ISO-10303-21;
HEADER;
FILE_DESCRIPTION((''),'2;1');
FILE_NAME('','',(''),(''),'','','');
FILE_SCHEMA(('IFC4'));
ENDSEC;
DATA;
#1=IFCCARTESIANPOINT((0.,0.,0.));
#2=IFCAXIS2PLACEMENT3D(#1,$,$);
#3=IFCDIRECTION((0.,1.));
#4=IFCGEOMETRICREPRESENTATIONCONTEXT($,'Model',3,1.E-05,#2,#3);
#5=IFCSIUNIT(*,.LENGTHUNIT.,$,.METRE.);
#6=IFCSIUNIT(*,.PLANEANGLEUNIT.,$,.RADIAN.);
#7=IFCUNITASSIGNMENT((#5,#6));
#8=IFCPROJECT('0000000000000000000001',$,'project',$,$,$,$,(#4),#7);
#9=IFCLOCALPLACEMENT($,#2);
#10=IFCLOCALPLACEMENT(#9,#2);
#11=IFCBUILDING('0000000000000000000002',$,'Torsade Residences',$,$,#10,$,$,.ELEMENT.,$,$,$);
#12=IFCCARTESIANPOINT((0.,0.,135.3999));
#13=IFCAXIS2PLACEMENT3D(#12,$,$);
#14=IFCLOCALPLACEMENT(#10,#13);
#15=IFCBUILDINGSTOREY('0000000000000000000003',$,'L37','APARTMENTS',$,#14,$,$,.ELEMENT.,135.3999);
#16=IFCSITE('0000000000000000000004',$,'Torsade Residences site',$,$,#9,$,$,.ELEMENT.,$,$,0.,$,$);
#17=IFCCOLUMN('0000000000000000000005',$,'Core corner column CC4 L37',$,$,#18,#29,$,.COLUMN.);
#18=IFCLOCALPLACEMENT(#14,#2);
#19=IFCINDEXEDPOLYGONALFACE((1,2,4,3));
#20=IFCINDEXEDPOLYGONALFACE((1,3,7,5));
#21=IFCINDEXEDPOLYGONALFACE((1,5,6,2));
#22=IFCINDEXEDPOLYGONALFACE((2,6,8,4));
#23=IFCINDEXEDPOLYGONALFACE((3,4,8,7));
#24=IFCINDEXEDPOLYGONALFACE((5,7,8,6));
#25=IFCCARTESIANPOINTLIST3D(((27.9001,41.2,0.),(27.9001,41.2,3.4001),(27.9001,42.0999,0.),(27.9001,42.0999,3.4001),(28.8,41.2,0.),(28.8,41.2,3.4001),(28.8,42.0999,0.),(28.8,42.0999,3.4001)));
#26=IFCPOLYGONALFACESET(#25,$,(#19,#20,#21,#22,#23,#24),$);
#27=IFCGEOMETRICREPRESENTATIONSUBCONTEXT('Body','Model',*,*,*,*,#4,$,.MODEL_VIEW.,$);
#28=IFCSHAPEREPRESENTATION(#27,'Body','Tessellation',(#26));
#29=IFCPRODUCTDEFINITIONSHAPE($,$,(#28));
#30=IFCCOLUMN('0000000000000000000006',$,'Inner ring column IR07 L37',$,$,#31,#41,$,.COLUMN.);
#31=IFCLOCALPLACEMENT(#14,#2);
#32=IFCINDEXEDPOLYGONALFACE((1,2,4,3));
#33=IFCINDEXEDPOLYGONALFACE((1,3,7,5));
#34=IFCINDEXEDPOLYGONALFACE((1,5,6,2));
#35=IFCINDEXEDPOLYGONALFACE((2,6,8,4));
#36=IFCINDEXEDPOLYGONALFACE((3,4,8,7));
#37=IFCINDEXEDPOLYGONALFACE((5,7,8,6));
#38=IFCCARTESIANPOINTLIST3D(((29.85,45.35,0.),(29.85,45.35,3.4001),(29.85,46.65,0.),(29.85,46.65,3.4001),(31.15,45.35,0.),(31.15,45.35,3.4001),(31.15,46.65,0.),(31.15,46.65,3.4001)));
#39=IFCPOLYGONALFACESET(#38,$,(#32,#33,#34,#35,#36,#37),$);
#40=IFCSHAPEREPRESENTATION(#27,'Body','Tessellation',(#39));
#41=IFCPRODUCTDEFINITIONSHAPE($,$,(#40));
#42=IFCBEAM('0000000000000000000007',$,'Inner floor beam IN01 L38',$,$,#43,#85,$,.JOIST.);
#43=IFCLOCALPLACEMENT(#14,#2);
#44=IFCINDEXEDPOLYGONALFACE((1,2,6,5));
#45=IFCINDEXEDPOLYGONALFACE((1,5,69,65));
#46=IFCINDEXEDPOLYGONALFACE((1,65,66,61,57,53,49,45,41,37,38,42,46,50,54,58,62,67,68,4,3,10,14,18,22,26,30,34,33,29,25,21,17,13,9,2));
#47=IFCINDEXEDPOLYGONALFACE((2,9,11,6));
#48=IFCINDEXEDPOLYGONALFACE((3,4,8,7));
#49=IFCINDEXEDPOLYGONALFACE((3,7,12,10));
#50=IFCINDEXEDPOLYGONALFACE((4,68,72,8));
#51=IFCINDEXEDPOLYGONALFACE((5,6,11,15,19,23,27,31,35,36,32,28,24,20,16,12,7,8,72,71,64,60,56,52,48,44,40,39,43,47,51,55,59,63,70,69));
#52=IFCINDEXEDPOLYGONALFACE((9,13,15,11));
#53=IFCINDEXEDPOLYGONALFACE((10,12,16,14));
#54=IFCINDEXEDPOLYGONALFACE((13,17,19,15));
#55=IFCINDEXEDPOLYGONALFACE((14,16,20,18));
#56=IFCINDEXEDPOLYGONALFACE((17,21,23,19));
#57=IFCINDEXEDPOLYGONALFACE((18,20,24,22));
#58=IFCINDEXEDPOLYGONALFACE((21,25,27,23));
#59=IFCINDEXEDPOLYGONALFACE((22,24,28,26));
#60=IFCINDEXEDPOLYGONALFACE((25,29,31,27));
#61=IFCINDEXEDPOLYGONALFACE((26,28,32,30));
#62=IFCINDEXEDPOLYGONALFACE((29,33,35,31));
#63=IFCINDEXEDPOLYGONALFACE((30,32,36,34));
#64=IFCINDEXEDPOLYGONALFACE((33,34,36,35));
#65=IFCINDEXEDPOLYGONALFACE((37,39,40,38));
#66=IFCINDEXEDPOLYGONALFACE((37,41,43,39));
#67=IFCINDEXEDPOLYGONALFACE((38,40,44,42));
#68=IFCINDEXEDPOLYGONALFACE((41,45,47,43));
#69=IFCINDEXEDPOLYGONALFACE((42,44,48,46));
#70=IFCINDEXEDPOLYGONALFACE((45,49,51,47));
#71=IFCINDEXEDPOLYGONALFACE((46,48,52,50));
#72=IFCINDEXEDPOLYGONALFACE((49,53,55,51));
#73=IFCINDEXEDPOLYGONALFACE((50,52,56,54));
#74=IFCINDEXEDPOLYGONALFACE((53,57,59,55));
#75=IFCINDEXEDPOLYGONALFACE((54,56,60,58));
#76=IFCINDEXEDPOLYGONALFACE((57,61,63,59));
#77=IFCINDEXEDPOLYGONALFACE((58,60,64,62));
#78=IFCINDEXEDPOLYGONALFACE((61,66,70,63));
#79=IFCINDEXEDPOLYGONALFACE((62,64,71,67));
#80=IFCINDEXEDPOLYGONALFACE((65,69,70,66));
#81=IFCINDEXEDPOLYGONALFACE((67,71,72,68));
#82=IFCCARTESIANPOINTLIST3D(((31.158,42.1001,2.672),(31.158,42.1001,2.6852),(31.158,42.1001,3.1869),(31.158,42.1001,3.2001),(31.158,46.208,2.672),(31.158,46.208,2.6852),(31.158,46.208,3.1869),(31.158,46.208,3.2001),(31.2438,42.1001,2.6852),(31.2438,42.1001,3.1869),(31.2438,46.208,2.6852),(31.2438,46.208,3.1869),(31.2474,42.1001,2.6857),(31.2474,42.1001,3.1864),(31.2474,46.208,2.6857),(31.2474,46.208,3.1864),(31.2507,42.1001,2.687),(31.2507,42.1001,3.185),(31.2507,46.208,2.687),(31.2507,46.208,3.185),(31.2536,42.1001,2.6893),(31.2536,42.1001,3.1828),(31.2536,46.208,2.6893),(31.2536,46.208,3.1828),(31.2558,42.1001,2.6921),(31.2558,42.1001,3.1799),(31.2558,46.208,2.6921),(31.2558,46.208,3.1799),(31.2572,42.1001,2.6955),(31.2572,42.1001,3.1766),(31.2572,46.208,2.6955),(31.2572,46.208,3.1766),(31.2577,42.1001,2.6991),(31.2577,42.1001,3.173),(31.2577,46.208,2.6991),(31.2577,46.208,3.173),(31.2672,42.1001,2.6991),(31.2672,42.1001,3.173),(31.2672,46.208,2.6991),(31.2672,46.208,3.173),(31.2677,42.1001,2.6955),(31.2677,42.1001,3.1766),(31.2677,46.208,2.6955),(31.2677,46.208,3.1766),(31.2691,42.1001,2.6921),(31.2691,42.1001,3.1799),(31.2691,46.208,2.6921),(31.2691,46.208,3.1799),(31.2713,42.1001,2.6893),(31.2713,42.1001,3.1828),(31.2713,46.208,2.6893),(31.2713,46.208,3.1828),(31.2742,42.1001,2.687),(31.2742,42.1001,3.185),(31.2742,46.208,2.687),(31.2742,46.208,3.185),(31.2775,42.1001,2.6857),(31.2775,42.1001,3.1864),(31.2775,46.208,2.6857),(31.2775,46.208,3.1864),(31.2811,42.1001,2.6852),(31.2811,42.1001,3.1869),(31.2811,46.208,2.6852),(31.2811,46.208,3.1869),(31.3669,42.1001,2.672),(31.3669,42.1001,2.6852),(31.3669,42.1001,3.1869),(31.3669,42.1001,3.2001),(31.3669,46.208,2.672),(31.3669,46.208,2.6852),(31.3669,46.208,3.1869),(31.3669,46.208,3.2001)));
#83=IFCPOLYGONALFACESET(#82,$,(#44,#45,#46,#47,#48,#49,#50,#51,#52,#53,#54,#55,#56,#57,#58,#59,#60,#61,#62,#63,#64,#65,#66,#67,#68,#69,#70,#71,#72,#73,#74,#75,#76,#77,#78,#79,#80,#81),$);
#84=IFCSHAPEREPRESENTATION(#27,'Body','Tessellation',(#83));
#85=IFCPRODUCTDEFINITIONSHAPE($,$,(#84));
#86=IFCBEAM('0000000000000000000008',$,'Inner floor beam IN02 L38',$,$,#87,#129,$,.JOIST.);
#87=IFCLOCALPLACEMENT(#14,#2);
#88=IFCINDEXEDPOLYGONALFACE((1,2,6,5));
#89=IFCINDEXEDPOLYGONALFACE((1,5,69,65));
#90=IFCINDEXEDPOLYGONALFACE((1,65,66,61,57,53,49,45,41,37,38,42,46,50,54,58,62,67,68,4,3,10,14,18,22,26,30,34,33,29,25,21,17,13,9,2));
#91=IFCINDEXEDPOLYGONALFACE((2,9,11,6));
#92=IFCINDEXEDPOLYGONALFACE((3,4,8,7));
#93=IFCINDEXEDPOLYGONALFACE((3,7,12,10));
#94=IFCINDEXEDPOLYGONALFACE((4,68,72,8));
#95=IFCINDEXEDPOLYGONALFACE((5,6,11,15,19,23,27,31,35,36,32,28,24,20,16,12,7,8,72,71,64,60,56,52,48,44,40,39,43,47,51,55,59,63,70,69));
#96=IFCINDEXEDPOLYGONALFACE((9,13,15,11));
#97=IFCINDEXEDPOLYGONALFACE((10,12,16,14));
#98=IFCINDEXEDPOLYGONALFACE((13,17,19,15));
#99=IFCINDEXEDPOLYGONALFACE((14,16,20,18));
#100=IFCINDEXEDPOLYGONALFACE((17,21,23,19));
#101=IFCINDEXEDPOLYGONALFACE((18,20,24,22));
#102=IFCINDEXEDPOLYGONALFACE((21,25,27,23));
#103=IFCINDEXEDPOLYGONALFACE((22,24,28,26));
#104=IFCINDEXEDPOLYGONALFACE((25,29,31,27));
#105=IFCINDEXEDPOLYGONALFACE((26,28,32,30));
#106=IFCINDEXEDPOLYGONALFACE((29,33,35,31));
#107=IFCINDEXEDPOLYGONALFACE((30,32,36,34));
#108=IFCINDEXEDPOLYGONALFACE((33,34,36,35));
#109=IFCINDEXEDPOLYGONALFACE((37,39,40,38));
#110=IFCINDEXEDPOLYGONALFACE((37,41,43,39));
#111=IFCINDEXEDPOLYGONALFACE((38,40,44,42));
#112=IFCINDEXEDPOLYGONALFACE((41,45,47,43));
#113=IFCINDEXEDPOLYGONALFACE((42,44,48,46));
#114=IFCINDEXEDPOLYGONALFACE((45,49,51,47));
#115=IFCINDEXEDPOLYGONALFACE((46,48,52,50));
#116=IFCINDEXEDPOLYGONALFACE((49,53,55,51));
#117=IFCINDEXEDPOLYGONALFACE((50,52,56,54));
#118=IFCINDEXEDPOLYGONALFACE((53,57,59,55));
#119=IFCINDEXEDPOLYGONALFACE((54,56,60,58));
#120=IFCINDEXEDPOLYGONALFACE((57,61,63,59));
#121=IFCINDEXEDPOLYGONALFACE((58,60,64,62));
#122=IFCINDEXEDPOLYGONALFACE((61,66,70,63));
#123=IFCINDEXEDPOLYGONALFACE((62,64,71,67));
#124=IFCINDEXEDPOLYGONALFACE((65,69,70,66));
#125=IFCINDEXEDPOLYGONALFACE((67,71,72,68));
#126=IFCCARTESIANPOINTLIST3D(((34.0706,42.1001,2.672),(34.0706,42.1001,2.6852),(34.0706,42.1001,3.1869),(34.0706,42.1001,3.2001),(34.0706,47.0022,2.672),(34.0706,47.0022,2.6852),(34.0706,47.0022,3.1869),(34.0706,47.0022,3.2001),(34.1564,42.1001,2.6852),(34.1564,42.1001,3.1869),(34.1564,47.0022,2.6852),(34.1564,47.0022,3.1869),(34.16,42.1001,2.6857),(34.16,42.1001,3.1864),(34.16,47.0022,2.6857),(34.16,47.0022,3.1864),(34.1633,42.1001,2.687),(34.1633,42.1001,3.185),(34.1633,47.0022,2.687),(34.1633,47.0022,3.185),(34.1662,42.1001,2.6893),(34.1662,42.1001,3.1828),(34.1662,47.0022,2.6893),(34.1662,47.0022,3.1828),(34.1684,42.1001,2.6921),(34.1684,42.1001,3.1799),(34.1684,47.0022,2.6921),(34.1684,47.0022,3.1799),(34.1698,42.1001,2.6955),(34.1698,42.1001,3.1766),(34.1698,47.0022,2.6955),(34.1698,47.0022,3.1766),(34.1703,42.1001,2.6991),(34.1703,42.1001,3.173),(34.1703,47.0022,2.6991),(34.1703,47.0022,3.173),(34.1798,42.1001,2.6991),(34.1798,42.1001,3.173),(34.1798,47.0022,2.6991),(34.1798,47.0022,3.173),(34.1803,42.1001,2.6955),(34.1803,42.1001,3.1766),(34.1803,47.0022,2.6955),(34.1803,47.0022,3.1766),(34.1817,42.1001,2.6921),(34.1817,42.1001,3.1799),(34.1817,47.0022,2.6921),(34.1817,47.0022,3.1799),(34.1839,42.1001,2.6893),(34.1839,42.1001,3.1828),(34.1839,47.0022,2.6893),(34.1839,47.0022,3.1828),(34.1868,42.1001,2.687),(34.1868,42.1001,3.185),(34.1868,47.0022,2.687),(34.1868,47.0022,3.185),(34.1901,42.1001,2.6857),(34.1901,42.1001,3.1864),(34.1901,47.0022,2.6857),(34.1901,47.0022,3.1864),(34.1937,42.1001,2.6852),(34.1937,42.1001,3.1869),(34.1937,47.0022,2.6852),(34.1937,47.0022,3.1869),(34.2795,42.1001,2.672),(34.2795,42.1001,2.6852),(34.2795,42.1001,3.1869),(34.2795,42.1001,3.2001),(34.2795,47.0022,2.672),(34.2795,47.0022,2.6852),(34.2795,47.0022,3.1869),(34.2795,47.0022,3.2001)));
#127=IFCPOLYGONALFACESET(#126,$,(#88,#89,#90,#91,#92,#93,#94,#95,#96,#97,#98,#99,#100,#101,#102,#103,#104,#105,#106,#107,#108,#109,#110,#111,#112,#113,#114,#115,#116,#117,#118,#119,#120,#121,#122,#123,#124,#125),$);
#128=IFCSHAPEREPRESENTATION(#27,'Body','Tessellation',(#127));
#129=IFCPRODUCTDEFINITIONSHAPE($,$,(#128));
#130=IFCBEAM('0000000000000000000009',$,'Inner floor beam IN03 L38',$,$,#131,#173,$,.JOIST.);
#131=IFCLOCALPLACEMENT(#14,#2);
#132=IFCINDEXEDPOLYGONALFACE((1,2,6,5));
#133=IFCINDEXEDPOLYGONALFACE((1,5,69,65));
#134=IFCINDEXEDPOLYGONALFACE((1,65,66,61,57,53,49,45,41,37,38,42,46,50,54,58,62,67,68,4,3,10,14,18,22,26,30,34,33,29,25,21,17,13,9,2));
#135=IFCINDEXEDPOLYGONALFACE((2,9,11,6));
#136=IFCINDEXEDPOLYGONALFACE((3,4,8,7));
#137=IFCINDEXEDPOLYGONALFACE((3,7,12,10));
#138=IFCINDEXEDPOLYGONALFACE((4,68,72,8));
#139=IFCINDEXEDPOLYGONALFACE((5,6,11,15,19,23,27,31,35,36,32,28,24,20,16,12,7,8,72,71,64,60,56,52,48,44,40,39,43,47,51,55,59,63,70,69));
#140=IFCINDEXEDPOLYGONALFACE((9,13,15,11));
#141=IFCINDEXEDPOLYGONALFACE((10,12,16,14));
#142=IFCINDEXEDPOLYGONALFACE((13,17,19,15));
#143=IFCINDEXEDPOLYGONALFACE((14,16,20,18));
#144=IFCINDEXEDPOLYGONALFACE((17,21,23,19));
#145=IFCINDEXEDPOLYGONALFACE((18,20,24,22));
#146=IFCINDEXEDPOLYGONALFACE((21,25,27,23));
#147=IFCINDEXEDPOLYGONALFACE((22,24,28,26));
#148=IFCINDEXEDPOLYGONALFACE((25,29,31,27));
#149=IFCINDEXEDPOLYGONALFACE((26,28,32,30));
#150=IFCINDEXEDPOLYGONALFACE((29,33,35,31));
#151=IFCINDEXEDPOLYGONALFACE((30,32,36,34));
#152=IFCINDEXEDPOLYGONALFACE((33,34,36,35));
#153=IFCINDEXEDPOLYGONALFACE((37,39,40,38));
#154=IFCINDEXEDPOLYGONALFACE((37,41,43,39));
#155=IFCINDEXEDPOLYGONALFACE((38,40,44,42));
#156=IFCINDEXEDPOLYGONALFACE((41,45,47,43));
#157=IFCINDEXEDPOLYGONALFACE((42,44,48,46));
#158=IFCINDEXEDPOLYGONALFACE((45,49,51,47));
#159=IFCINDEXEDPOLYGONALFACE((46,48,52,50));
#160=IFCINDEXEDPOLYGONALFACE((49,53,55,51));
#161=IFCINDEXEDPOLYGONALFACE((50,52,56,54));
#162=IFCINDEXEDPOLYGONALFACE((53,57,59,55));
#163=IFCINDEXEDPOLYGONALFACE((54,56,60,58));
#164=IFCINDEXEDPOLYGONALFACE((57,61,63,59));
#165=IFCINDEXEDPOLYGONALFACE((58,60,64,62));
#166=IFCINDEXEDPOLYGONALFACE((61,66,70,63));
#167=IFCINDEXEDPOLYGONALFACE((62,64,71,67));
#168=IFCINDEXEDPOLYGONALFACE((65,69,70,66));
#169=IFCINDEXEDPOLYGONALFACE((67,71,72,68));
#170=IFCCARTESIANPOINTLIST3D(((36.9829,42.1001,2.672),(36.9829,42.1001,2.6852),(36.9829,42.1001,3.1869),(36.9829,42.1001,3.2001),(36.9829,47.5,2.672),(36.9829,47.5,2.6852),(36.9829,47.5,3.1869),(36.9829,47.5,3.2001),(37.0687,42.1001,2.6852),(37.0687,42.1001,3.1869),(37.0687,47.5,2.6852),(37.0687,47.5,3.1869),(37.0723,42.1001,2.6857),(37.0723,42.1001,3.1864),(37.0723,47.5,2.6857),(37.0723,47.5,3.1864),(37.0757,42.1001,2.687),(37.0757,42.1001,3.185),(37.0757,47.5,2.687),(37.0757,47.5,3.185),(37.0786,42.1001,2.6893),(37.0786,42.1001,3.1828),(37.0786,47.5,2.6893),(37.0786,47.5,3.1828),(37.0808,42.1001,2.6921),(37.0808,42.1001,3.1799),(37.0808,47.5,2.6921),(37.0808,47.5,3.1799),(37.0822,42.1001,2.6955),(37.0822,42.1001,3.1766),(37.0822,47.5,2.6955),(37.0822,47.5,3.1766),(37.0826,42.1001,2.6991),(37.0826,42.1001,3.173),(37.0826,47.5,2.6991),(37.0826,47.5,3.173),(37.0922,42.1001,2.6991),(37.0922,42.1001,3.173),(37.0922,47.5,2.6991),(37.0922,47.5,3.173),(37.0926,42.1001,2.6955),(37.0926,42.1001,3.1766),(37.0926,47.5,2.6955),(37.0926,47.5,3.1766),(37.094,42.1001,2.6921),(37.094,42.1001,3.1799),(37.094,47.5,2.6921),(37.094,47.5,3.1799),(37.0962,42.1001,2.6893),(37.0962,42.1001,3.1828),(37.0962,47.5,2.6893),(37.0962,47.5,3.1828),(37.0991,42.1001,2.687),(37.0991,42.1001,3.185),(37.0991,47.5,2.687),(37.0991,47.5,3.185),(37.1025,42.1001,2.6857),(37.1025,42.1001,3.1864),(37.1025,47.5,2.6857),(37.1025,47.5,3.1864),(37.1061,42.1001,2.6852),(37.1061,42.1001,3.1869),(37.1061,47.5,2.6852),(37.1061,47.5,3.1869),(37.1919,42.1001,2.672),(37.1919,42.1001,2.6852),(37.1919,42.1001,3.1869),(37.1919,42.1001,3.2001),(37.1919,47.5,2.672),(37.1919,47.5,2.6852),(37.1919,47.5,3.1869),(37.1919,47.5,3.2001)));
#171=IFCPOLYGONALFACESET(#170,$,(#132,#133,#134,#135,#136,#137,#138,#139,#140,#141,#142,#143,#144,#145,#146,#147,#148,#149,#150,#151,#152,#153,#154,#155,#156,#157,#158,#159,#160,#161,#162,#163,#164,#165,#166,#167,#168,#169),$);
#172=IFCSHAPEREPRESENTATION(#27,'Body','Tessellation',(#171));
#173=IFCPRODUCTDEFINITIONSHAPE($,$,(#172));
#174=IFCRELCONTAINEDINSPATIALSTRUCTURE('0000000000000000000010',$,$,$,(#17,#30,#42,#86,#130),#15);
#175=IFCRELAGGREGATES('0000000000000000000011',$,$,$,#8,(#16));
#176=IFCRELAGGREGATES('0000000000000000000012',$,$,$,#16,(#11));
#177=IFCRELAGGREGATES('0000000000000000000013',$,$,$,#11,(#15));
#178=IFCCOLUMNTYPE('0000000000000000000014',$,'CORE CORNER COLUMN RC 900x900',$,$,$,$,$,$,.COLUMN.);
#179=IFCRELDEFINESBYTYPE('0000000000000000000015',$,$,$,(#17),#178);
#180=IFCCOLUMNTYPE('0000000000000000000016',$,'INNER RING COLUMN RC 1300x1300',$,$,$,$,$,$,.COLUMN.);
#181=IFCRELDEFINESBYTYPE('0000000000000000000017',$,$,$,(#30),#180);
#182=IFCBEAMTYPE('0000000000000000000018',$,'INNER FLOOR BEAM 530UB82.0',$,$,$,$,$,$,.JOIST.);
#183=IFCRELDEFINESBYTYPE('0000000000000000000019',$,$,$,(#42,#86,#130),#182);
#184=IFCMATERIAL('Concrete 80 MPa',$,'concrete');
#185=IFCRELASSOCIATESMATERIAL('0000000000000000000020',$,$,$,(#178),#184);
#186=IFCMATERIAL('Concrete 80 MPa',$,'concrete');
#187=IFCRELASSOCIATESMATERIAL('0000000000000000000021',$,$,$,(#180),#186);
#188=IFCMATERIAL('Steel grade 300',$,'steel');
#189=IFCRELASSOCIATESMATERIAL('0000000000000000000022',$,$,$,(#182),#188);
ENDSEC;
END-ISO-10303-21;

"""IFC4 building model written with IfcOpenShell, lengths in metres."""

from ifc_helpers import new_model, si_unit, direction, frame, origin, origin_2d, place, context, subcontext, project, spatial, rectangle, i_section, extrude, material, material_profile, profile_set, type_object, element, save


model = new_model("IFC4")

# Units and contexts
model_context = context("Model", 3, precision=1e-05, world=origin(), true_north=direction((0.0, 1.0)))
body_context = subcontext(model_context, "Body", "Model", "MODEL_VIEW")
ifc_project = project(units=[si_unit("LENGTHUNIT", "METRE"), si_unit("PLANEANGLEUNIT", "RADIAN")], contexts=[model_context])

# Site, building, storey
site_placement = place(None, origin())
site = spatial("IfcSite", under=ifc_project, at=site_placement, Name="Torsade Residences site", CompositionType="ELEMENT", RefElevation=0.0)
building_placement = place(site_placement, origin())
building = spatial("IfcBuilding", under=site, at=building_placement, Name="Torsade Residences", CompositionType="ELEMENT")
storey_placement = place(building_placement, frame((0.0, 0.0, 135.3999)))
storey = spatial("IfcBuildingStorey", under=building, at=storey_placement, Name="L37", Description="APARTMENTS", CompositionType="ELEMENT", Elevation=135.3999)

# Columns
ifc_material_1 = material(Name="Concrete 80 MPa", Category="concrete")
ifc_material_profile_1 = material_profile(ifc_material_1, rectangle(XDim=0.8999, YDim=0.8999, at=origin_2d()), Name="RC 900x900")
ifc_profile_set_1 = profile_set([ifc_material_profile_1], Name="Concrete 80 MPa")
column_type_1 = type_object("IfcColumnType", Name="CORE CORNER COLUMN RC 900x900", PredefinedType="COLUMN", material=ifc_profile_set_1)
column_1_placement = place(storey_placement, frame((28.3501, 41.6499, 0.0), z_axis=(0.0, 0.0, 1.0), x_axis=(1.0, 0.0, 0.0)))
element("IfcColumn", 1, at=column_1_placement, inside=storey, type_object=column_type_1, Name="Core corner column CC4 L37", PredefinedType="COLUMN", context=body_context, shape_type="SweptSolid", body=[
    extrude(rectangle(XDim=0.8999, YDim=0.8999, at=origin_2d()), origin(), (0.0, 0.0, 1.0), 3.4001),
])
ifc_material_2 = material(Name="Concrete 80 MPa", Category="concrete")
ifc_material_profile_2 = material_profile(ifc_material_2, rectangle(XDim=1.3, YDim=1.3, at=origin_2d()), Name="RC 1300x1300")
ifc_profile_set_2 = profile_set([ifc_material_profile_2], Name="Concrete 80 MPa")
column_type_2 = type_object("IfcColumnType", Name="INNER RING COLUMN RC 1300x1300", PredefinedType="COLUMN", material=ifc_profile_set_2)
column_2_placement = place(storey_placement, frame((30.5, 46.0, 0.0), z_axis=(0.0, 0.0, 1.0), x_axis=(1.0, 0.0, 0.0)))
element("IfcColumn", 2, at=column_2_placement, inside=storey, type_object=column_type_2, Name="Inner ring column IR07 L37", PredefinedType="COLUMN", context=body_context, shape_type="SweptSolid", body=[
    extrude(rectangle(XDim=1.3, YDim=1.3, at=origin_2d()), origin(), (0.0, 0.0, 1.0), 3.4001),
])

# Beams
ifc_material_3 = material(Name="Steel grade 300", Category="steel")
ifc_material_profile_3 = material_profile(ifc_material_3, i_section(OverallWidth=0.209, OverallDepth=0.5281, WebThickness=0.0095, FlangeThickness=0.0132, FilletRadius=0.0139, at=origin_2d()), Name="530UB82.0")
ifc_profile_set_3 = profile_set([ifc_material_profile_3], Name="Steel grade 300")
beam_type_1 = type_object("IfcBeamType", Name="INNER FLOOR BEAM 530UB82.0", PredefinedType="JOIST", material=ifc_profile_set_3)
beam_1_placement = place(storey_placement, frame((31.2625, 42.1001, 2.936), z_axis=(0.0, 1.0, 0.0), x_axis=(-1.0, 0.0, 0.0)))
element("IfcBeam", 3, at=beam_1_placement, inside=storey, type_object=beam_type_1, Name="Inner floor beam IN01 L38", PredefinedType="JOIST", context=body_context, shape_type="SweptSolid", body=[
    extrude(i_section(OverallWidth=0.209, OverallDepth=0.5281, WebThickness=0.0095, FlangeThickness=0.0132, FilletRadius=0.0139, at=origin_2d()), origin(), (0.0, 0.0, 1.0), 4.1079),
])
beam_2_placement = place(storey_placement, frame((34.175, 42.1001, 2.936), z_axis=(0.0, 1.0, 0.0), x_axis=(-1.0, 0.0, 0.0)))
element("IfcBeam", 4, at=beam_2_placement, inside=storey, type_object=beam_type_1, Name="Inner floor beam IN02 L38", PredefinedType="JOIST", context=body_context, shape_type="SweptSolid", body=[
    extrude(i_section(OverallWidth=0.209, OverallDepth=0.5281, WebThickness=0.0095, FlangeThickness=0.0132, FilletRadius=0.0139, at=origin_2d()), origin(), (0.0, 0.0, 1.0), 4.9021),
])
beam_3_placement = place(storey_placement, frame((37.0874, 42.1001, 2.936), z_axis=(0.0, 1.0, 0.0), x_axis=(-1.0, 0.0, 0.0)))
element("IfcBeam", 5, at=beam_3_placement, inside=storey, type_object=beam_type_1, Name="Inner floor beam IN03 L38", PredefinedType="JOIST", context=body_context, shape_type="SweptSolid", body=[
    extrude(i_section(OverallWidth=0.209, OverallDepth=0.5281, WebThickness=0.0095, FlangeThickness=0.0132, FilletRadius=0.0139, at=origin_2d()), origin(), (0.0, 0.0, 1.0), 5.3999),
])

save(model, "model.ifc")
